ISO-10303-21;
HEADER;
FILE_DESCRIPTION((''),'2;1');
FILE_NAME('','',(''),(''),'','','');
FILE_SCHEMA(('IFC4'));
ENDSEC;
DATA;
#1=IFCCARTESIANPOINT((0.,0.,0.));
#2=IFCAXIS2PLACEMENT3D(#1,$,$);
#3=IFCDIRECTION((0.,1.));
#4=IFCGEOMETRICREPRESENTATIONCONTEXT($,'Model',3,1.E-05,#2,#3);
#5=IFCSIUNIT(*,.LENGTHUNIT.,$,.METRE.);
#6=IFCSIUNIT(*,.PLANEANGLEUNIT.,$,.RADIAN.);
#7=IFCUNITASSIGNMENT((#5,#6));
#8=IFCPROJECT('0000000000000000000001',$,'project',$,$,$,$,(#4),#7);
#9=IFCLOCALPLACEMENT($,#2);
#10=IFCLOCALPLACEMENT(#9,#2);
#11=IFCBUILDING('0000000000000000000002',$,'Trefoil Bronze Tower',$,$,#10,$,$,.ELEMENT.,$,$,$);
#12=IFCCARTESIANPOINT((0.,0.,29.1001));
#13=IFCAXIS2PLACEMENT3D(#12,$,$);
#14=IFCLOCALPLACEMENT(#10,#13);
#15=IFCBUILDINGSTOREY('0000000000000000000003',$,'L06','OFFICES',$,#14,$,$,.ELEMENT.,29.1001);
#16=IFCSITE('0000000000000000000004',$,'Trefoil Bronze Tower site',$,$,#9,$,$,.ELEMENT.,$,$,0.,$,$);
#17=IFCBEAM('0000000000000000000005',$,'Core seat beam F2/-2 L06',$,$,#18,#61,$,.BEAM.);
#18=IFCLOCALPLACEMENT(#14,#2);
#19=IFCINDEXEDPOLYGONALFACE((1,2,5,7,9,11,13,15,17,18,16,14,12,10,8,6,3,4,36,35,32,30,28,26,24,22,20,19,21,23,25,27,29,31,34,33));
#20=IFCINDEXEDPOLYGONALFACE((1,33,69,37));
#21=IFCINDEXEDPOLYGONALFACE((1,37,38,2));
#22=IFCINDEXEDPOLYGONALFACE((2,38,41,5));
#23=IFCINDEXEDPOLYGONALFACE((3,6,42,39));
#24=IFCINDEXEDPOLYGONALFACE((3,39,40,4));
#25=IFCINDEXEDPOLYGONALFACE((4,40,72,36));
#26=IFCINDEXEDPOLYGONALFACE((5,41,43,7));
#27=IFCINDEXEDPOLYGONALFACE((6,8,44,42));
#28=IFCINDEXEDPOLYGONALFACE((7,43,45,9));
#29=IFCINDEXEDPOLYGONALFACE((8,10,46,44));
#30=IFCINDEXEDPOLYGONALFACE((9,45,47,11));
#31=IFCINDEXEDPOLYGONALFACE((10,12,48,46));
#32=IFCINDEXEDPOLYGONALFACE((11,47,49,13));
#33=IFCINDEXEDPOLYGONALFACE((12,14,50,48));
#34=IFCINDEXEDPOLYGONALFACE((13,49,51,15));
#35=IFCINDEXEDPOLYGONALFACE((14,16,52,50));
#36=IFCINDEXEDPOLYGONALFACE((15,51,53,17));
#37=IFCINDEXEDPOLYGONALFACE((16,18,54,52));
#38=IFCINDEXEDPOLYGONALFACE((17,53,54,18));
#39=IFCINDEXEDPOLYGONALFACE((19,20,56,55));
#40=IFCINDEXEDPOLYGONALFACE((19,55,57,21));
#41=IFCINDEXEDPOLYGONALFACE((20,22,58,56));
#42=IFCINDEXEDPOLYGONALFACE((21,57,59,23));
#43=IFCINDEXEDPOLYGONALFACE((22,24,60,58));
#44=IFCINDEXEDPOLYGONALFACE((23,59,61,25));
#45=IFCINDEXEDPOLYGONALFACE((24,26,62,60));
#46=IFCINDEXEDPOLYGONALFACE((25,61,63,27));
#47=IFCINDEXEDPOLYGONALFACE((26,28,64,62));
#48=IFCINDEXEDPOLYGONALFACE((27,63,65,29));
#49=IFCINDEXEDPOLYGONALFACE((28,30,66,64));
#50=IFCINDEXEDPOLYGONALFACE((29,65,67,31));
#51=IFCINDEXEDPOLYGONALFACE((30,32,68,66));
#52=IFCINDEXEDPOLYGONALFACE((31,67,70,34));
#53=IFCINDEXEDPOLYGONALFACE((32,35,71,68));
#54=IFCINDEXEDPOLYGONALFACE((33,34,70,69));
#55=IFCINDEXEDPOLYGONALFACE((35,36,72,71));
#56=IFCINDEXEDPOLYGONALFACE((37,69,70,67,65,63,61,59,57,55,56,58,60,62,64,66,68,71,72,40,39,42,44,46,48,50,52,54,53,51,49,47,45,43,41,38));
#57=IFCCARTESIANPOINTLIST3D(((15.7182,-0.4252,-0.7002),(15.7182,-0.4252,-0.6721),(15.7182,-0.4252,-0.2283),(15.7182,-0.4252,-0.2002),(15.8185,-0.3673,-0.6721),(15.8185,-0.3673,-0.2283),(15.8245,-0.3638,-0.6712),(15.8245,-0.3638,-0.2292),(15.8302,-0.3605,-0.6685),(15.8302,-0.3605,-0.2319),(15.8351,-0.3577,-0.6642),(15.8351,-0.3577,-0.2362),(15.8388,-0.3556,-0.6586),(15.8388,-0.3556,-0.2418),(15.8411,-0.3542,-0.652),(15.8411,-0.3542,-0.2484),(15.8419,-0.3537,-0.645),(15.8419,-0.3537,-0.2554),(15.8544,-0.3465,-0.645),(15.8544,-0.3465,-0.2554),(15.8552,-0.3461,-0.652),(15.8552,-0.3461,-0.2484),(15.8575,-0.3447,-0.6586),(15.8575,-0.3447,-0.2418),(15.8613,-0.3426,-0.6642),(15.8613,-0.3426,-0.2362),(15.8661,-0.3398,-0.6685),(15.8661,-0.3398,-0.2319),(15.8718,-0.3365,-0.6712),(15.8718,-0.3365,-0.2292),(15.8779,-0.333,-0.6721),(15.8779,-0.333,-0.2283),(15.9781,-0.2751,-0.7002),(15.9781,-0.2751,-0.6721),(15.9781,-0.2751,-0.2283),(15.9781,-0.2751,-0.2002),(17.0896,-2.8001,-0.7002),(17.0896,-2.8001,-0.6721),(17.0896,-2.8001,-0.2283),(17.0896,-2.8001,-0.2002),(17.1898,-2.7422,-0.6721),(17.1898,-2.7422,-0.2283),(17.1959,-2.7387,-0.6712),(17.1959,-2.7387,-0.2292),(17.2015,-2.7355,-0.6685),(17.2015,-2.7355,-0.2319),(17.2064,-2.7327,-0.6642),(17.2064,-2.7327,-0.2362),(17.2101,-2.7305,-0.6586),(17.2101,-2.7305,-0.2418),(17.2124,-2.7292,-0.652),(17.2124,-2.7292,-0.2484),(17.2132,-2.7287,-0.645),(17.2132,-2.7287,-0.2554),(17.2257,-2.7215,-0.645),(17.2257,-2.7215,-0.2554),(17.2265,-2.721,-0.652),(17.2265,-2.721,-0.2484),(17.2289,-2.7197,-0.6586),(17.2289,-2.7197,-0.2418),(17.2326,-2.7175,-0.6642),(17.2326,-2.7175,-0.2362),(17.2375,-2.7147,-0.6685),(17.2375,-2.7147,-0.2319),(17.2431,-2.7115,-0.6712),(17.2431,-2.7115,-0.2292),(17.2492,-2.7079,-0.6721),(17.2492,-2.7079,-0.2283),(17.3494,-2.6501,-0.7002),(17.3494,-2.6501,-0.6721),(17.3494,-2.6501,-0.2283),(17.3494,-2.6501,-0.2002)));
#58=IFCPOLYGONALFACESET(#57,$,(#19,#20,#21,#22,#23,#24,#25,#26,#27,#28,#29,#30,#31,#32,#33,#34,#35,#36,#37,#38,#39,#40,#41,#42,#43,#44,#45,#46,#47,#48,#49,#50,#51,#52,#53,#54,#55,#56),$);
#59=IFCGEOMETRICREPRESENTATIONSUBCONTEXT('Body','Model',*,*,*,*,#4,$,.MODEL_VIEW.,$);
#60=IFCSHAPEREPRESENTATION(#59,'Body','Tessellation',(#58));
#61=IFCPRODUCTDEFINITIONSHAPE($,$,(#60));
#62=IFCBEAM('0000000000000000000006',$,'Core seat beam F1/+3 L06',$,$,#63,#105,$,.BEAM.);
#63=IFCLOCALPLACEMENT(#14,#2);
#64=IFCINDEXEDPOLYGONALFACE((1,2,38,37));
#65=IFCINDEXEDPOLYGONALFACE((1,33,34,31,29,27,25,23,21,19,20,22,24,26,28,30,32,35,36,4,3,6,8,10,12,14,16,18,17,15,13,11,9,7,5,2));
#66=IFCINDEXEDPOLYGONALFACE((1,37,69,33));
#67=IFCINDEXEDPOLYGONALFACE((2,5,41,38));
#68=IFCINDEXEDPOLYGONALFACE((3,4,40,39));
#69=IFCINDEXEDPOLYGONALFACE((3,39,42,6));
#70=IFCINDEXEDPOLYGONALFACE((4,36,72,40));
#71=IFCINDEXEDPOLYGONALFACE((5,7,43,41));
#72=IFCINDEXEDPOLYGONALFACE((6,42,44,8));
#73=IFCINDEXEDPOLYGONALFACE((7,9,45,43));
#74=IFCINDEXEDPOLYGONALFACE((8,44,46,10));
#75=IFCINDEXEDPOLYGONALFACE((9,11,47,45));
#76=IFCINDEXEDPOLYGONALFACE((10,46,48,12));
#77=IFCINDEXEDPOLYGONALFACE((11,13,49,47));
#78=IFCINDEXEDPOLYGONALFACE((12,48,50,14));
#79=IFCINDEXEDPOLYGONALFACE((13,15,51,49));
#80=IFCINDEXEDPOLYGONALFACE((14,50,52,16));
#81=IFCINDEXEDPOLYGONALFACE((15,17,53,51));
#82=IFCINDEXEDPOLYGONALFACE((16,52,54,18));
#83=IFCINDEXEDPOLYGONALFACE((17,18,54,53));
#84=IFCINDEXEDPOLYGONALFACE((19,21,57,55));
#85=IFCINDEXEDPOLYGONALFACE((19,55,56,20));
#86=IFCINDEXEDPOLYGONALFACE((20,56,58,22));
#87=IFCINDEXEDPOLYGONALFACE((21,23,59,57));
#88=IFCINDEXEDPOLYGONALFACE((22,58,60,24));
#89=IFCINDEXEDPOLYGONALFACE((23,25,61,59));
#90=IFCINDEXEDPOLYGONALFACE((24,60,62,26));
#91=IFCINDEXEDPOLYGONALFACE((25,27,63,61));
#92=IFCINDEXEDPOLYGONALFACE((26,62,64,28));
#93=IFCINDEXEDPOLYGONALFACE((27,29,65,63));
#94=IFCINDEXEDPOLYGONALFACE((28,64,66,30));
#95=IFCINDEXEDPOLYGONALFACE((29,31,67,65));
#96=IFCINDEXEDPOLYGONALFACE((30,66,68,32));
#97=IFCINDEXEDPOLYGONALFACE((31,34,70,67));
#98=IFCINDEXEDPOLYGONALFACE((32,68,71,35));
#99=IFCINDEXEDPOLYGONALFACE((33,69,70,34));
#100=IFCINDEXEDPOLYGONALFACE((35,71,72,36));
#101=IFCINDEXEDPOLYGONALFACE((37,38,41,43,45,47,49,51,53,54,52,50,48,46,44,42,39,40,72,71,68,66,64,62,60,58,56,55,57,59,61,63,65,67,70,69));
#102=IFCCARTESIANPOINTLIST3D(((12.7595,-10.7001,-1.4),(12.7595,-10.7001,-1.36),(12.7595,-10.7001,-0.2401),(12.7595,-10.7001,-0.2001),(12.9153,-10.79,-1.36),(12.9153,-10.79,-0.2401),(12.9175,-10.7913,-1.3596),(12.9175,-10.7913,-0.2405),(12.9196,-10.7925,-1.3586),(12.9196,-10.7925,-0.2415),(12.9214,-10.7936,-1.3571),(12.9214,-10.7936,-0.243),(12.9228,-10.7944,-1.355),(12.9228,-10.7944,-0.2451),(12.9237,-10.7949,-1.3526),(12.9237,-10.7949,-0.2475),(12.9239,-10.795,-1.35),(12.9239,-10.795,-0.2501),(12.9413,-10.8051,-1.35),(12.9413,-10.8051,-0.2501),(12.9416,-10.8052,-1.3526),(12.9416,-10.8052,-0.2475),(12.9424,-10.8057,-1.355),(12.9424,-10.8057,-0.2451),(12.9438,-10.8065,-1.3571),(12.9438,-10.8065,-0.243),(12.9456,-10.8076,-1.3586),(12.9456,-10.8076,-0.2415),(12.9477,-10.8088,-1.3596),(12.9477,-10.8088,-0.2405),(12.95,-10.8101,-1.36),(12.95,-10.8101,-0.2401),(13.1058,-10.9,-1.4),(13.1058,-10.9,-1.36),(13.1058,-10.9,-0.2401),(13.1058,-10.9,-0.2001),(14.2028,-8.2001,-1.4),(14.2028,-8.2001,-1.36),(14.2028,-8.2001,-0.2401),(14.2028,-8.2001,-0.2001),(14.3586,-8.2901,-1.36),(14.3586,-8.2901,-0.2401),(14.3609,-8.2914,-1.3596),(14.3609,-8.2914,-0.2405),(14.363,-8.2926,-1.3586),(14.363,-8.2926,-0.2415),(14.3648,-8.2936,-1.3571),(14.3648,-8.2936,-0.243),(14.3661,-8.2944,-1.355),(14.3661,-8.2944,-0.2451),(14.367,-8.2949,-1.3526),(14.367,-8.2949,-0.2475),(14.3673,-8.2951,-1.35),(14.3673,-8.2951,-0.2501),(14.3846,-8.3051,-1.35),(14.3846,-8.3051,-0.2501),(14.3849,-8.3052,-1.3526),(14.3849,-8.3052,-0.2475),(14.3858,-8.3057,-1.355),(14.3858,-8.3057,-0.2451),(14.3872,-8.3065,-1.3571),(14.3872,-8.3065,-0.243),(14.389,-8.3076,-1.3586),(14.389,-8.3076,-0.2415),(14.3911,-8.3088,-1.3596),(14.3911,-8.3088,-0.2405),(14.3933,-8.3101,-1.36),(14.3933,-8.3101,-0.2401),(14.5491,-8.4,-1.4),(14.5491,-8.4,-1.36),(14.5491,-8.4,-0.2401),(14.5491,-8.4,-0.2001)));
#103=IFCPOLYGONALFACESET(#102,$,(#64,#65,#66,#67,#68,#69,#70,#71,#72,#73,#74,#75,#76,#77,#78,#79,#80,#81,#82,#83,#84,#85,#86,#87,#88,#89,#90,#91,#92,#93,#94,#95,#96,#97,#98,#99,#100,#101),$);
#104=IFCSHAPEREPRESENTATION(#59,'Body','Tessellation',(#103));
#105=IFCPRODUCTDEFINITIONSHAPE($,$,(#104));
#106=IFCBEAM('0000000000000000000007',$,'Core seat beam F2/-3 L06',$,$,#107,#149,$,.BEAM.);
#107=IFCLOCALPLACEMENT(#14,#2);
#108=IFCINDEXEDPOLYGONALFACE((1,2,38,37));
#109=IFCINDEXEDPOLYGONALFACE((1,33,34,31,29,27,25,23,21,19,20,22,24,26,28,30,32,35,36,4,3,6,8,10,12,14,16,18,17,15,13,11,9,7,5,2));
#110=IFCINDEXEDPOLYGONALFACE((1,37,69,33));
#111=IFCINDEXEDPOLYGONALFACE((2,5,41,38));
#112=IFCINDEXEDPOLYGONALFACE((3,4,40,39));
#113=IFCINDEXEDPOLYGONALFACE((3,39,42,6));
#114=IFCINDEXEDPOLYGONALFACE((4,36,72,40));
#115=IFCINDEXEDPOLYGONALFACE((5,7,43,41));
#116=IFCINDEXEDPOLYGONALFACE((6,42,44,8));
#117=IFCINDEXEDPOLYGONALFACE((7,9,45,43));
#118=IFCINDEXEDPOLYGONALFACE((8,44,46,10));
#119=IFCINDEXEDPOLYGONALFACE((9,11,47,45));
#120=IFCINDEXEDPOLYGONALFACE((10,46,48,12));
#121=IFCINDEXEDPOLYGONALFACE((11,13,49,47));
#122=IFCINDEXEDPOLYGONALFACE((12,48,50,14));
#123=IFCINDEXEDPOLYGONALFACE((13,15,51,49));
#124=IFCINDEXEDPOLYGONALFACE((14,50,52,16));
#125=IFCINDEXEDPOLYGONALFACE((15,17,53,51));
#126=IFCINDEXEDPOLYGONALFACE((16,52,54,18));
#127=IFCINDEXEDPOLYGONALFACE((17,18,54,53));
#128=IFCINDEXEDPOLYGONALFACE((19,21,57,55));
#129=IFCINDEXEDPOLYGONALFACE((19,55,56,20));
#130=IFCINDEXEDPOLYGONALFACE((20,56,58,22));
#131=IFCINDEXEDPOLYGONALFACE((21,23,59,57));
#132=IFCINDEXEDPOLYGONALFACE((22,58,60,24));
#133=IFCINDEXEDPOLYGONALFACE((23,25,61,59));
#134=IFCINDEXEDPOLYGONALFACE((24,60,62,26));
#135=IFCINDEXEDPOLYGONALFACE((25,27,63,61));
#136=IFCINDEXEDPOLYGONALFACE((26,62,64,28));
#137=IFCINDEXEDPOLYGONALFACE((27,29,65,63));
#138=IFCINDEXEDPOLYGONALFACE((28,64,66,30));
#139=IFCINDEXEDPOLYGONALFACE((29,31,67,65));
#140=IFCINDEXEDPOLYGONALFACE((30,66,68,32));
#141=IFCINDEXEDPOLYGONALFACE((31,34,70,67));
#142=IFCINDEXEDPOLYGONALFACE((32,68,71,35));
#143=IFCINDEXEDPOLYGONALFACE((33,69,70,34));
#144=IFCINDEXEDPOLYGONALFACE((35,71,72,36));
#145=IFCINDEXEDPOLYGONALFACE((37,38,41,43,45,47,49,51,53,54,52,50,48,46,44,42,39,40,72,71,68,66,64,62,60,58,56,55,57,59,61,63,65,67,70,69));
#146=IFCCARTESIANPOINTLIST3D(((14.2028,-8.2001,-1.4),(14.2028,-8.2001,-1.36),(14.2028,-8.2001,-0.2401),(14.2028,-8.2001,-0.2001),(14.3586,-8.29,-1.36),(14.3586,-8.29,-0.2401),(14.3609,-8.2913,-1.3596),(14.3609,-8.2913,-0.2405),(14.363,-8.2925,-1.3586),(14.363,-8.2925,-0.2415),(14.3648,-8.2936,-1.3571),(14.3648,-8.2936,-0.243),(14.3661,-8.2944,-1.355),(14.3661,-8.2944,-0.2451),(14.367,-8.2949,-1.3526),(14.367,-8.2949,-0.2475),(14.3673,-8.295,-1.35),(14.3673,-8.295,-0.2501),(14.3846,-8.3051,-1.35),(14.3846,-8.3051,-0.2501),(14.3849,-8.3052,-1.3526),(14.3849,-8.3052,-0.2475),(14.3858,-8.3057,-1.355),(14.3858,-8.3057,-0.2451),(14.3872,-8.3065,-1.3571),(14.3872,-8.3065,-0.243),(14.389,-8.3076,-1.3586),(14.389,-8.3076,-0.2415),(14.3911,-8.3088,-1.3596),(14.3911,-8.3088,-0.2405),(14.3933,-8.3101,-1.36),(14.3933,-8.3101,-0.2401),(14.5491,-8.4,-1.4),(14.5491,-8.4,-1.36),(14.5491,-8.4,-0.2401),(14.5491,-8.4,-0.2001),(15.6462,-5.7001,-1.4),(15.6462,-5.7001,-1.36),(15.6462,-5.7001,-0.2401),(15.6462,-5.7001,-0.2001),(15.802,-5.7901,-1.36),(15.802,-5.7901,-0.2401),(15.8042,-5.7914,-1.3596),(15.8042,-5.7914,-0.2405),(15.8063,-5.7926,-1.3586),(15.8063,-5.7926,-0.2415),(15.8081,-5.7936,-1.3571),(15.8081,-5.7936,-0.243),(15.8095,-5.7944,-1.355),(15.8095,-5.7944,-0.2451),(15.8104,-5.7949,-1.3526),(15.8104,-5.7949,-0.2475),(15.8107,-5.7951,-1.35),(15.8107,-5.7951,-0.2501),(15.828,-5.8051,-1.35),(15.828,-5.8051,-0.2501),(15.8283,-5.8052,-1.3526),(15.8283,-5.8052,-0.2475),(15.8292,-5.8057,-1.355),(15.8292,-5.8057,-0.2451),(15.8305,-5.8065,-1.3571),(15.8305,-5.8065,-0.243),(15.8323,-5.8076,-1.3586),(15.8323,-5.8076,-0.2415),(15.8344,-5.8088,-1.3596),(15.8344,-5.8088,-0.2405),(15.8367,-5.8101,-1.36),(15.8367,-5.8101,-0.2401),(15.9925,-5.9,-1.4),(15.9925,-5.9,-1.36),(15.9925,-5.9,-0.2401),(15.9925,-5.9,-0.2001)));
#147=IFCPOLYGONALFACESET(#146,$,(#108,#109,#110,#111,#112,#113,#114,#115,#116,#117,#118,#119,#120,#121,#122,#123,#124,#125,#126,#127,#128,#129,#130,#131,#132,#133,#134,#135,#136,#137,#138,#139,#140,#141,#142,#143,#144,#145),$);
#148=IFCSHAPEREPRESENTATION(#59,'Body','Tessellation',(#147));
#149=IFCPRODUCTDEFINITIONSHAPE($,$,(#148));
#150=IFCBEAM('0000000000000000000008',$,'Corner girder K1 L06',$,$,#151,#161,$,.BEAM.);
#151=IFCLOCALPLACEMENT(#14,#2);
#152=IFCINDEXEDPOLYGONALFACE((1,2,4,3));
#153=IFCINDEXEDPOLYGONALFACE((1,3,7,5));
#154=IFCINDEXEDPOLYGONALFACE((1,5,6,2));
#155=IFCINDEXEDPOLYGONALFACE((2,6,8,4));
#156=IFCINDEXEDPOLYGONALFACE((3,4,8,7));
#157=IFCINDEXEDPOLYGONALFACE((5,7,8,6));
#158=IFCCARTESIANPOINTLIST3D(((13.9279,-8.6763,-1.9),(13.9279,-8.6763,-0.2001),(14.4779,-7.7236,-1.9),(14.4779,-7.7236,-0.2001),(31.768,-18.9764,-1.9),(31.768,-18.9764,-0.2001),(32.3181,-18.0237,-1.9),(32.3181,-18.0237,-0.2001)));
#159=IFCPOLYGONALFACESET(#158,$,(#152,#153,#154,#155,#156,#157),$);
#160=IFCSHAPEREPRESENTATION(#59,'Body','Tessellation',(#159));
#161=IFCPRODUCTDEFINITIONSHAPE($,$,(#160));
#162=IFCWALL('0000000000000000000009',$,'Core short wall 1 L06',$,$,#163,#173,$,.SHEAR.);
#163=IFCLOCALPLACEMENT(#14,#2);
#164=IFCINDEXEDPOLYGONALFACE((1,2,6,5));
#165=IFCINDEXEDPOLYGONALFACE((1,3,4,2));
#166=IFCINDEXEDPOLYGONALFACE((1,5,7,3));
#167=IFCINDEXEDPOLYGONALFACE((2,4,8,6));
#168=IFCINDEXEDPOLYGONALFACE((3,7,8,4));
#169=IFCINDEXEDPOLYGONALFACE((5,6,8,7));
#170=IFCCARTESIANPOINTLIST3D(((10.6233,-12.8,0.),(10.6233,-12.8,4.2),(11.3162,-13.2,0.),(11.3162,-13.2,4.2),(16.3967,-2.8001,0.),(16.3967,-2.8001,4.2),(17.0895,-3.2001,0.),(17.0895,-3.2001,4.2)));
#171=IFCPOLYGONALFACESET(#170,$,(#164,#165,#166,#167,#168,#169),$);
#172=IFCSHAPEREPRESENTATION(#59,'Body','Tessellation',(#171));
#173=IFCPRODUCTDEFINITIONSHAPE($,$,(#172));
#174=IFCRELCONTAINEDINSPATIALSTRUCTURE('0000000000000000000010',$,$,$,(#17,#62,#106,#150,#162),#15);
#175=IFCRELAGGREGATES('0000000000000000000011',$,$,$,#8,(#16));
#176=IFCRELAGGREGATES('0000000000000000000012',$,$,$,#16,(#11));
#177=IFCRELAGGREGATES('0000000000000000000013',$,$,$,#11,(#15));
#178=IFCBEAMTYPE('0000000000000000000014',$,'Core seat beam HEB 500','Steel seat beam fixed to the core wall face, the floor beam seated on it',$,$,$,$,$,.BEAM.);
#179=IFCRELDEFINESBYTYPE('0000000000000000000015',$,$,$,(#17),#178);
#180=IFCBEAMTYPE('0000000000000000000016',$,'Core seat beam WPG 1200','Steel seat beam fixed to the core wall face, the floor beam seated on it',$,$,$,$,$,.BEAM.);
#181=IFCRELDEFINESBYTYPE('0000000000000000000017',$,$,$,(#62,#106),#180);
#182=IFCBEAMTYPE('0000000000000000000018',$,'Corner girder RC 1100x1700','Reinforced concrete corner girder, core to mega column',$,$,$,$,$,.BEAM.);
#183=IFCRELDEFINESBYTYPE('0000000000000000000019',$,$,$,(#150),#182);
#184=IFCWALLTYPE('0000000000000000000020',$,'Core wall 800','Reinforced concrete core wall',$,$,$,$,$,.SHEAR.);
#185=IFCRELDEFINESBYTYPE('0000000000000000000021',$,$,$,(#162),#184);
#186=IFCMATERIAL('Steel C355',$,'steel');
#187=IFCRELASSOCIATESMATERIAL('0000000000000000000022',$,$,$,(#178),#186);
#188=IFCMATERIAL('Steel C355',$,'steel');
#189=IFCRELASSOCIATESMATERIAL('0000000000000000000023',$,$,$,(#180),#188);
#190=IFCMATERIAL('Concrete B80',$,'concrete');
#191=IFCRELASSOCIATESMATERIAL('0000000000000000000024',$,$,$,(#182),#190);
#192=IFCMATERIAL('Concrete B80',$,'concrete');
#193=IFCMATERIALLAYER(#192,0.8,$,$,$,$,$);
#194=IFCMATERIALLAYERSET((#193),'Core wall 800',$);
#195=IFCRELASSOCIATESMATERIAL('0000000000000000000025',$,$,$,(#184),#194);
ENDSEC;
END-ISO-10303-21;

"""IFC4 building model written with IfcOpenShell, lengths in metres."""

from ifc_helpers import new_model, si_unit, direction, frame, frame_2d, origin, origin_2d, place, context, subcontext, project, spatial, rectangle, i_section, extrude, material, layer, layer_set, material_profile, profile_set, type_object, element, save


model = new_model("IFC4")

# Units and contexts
model_context = context("Model", 3, precision=1e-05, world=origin(), true_north=direction((0.0, 1.0)))
body_context = subcontext(model_context, "Body", "Model", "MODEL_VIEW")
ifc_project = project(units=[si_unit("LENGTHUNIT", "METRE"), si_unit("PLANEANGLEUNIT", "RADIAN")], contexts=[model_context])

# Site, building, storey
site_placement = place(None, origin())
site = spatial("IfcSite", under=ifc_project, at=site_placement, Name="Trefoil Bronze Tower site", CompositionType="ELEMENT", RefElevation=0.0)
building_placement = place(site_placement, origin())
building = spatial("IfcBuilding", under=site, at=building_placement, Name="Trefoil Bronze Tower", CompositionType="ELEMENT")
storey_placement = place(building_placement, frame((0.0, 0.0, 29.1001)))
storey = spatial("IfcBuildingStorey", under=building, at=storey_placement, Name="L06", Description="OFFICES", CompositionType="ELEMENT", Elevation=29.1001)

# Beams
ifc_material_1 = material(Name="Steel C355", Category="steel")
ifc_material_profile_1 = material_profile(ifc_material_1, i_section(OverallWidth=0.3, OverallDepth=0.5, WebThickness=0.0144, FlangeThickness=0.0281, FilletRadius=0.0271, at=origin_2d()), Name="HEB 500")
ifc_profile_set_1 = profile_set([ifc_material_profile_1], Name="Steel C355")
beam_type_1 = type_object("IfcBeamType", Name="Core seat beam HEB 500", Description="Steel seat beam fixed to the core wall face, the floor beam seated on it", PredefinedType="BEAM", material=ifc_profile_set_1)
beam_1_placement = place(storey_placement, frame((17.2195, -2.7251, -0.4502), z_axis=(-0.500036, 0.866005, 0.0), x_axis=(-0.866005, -0.500036, 0.0)))
element("IfcBeam", 1, at=beam_1_placement, inside=storey, type_object=beam_type_1, Name="Core seat beam F2/-2 L06", PredefinedType="BEAM", context=body_context, shape_type="SweptSolid", body=[
    extrude(i_section(OverallWidth=0.3, OverallDepth=0.5, WebThickness=0.0144, FlangeThickness=0.0281, FilletRadius=0.0271, at=origin_2d()), origin(), (0.0, 0.0, 1.0), 2.7424),
])
ifc_material_2 = material(Name="Steel C355", Category="steel")
ifc_material_profile_2 = material_profile(ifc_material_2, i_section(OverallWidth=0.3999, OverallDepth=1.2, WebThickness=0.02, FlangeThickness=0.04, FilletRadius=0.01, at=origin_2d()), Name="WPG 1200")
ifc_profile_set_2 = profile_set([ifc_material_profile_2], Name="Steel C355")
beam_type_2 = type_object("IfcBeamType", Name="Core seat beam WPG 1200", Description="Steel seat beam fixed to the core wall face, the floor beam seated on it", PredefinedType="BEAM", material=ifc_profile_set_2)
for number, where, z_axis, x_axis, name in (
    (2, (12.9326, -10.8, -0.8), (0.499996, 0.866028, 0.0), (-0.866028, 0.499996, 0.0), "Core seat beam F1/+3 L06"),
    (3, (14.376, -8.3, -0.8), (0.499996, 0.866028, 0.0), (-0.866028, 0.499996, 0.0), "Core seat beam F2/-3 L06"),
):
    element("IfcBeam", number, at=place(storey_placement, frame(where, z_axis=z_axis, x_axis=x_axis)), inside=storey, type_object=beam_type_2, Name=name, PredefinedType="BEAM", context=body_context, shape_type="SweptSolid", body=[
        extrude(i_section(OverallWidth=0.3999, OverallDepth=1.2, WebThickness=0.02, FlangeThickness=0.04, FilletRadius=0.01, at=origin_2d()), origin(), (0.0, 0.0, 1.0), 2.8867),
    ])
ifc_material_3 = material(Name="Concrete B80", Category="concrete")
ifc_material_profile_3 = material_profile(ifc_material_3, rectangle(XDim=1.1001, YDim=1.7, at=origin_2d()), Name="RC 1100x1700")
ifc_profile_set_3 = profile_set([ifc_material_profile_3], Name="Concrete B80")
beam_type_3 = type_object("IfcBeamType", Name="Corner girder RC 1100x1700", Description="Reinforced concrete corner girder, core to mega column", PredefinedType="BEAM", material=ifc_profile_set_3)
beam_2_placement = place(storey_placement, frame((14.2029, -8.2, -1.05), z_axis=(0.866024, -0.500003, 0.0), x_axis=(0.500003, 0.866024, 0.0)))
element("IfcBeam", 4, at=beam_2_placement, inside=storey, type_object=beam_type_3, Name="Corner girder K1 L06", PredefinedType="BEAM", context=body_context, shape_type="SweptSolid", body=[
    extrude(rectangle(XDim=1.1001, YDim=1.7, at=origin_2d()), origin(), (0.0, 0.0, 1.0), 20.6001),
])

# Wall
ifc_material_4 = material(Name="Concrete B80", Category="concrete")
ifc_layer_1 = layer(ifc_material_4, 0.8)
ifc_layer_set_1 = layer_set([ifc_layer_1], Name="Core wall 800")
wall_type_1 = type_object("IfcWallType", Name="Core wall 800", Description="Reinforced concrete core wall", PredefinedType="SHEAR", material=ifc_layer_set_1)
wall_1_placement = place(storey_placement, frame((10.9697, -13.0, 0.0), z_axis=(0.0, 0.0, 1.0), x_axis=(0.499996, 0.866028, 0.0)))
element("IfcWall", 5, at=wall_1_placement, inside=storey, type_object=wall_type_1, Name="Core short wall 1 L06", PredefinedType="SHEAR", context=body_context, shape_type="SweptSolid", body=[
    extrude(rectangle(XDim=11.5469, YDim=0.8, at=frame_2d((5.7734, 0.0))), origin(), (0.0, 0.0, 1.0), 4.2),
])

save(model, "model.ifc")
